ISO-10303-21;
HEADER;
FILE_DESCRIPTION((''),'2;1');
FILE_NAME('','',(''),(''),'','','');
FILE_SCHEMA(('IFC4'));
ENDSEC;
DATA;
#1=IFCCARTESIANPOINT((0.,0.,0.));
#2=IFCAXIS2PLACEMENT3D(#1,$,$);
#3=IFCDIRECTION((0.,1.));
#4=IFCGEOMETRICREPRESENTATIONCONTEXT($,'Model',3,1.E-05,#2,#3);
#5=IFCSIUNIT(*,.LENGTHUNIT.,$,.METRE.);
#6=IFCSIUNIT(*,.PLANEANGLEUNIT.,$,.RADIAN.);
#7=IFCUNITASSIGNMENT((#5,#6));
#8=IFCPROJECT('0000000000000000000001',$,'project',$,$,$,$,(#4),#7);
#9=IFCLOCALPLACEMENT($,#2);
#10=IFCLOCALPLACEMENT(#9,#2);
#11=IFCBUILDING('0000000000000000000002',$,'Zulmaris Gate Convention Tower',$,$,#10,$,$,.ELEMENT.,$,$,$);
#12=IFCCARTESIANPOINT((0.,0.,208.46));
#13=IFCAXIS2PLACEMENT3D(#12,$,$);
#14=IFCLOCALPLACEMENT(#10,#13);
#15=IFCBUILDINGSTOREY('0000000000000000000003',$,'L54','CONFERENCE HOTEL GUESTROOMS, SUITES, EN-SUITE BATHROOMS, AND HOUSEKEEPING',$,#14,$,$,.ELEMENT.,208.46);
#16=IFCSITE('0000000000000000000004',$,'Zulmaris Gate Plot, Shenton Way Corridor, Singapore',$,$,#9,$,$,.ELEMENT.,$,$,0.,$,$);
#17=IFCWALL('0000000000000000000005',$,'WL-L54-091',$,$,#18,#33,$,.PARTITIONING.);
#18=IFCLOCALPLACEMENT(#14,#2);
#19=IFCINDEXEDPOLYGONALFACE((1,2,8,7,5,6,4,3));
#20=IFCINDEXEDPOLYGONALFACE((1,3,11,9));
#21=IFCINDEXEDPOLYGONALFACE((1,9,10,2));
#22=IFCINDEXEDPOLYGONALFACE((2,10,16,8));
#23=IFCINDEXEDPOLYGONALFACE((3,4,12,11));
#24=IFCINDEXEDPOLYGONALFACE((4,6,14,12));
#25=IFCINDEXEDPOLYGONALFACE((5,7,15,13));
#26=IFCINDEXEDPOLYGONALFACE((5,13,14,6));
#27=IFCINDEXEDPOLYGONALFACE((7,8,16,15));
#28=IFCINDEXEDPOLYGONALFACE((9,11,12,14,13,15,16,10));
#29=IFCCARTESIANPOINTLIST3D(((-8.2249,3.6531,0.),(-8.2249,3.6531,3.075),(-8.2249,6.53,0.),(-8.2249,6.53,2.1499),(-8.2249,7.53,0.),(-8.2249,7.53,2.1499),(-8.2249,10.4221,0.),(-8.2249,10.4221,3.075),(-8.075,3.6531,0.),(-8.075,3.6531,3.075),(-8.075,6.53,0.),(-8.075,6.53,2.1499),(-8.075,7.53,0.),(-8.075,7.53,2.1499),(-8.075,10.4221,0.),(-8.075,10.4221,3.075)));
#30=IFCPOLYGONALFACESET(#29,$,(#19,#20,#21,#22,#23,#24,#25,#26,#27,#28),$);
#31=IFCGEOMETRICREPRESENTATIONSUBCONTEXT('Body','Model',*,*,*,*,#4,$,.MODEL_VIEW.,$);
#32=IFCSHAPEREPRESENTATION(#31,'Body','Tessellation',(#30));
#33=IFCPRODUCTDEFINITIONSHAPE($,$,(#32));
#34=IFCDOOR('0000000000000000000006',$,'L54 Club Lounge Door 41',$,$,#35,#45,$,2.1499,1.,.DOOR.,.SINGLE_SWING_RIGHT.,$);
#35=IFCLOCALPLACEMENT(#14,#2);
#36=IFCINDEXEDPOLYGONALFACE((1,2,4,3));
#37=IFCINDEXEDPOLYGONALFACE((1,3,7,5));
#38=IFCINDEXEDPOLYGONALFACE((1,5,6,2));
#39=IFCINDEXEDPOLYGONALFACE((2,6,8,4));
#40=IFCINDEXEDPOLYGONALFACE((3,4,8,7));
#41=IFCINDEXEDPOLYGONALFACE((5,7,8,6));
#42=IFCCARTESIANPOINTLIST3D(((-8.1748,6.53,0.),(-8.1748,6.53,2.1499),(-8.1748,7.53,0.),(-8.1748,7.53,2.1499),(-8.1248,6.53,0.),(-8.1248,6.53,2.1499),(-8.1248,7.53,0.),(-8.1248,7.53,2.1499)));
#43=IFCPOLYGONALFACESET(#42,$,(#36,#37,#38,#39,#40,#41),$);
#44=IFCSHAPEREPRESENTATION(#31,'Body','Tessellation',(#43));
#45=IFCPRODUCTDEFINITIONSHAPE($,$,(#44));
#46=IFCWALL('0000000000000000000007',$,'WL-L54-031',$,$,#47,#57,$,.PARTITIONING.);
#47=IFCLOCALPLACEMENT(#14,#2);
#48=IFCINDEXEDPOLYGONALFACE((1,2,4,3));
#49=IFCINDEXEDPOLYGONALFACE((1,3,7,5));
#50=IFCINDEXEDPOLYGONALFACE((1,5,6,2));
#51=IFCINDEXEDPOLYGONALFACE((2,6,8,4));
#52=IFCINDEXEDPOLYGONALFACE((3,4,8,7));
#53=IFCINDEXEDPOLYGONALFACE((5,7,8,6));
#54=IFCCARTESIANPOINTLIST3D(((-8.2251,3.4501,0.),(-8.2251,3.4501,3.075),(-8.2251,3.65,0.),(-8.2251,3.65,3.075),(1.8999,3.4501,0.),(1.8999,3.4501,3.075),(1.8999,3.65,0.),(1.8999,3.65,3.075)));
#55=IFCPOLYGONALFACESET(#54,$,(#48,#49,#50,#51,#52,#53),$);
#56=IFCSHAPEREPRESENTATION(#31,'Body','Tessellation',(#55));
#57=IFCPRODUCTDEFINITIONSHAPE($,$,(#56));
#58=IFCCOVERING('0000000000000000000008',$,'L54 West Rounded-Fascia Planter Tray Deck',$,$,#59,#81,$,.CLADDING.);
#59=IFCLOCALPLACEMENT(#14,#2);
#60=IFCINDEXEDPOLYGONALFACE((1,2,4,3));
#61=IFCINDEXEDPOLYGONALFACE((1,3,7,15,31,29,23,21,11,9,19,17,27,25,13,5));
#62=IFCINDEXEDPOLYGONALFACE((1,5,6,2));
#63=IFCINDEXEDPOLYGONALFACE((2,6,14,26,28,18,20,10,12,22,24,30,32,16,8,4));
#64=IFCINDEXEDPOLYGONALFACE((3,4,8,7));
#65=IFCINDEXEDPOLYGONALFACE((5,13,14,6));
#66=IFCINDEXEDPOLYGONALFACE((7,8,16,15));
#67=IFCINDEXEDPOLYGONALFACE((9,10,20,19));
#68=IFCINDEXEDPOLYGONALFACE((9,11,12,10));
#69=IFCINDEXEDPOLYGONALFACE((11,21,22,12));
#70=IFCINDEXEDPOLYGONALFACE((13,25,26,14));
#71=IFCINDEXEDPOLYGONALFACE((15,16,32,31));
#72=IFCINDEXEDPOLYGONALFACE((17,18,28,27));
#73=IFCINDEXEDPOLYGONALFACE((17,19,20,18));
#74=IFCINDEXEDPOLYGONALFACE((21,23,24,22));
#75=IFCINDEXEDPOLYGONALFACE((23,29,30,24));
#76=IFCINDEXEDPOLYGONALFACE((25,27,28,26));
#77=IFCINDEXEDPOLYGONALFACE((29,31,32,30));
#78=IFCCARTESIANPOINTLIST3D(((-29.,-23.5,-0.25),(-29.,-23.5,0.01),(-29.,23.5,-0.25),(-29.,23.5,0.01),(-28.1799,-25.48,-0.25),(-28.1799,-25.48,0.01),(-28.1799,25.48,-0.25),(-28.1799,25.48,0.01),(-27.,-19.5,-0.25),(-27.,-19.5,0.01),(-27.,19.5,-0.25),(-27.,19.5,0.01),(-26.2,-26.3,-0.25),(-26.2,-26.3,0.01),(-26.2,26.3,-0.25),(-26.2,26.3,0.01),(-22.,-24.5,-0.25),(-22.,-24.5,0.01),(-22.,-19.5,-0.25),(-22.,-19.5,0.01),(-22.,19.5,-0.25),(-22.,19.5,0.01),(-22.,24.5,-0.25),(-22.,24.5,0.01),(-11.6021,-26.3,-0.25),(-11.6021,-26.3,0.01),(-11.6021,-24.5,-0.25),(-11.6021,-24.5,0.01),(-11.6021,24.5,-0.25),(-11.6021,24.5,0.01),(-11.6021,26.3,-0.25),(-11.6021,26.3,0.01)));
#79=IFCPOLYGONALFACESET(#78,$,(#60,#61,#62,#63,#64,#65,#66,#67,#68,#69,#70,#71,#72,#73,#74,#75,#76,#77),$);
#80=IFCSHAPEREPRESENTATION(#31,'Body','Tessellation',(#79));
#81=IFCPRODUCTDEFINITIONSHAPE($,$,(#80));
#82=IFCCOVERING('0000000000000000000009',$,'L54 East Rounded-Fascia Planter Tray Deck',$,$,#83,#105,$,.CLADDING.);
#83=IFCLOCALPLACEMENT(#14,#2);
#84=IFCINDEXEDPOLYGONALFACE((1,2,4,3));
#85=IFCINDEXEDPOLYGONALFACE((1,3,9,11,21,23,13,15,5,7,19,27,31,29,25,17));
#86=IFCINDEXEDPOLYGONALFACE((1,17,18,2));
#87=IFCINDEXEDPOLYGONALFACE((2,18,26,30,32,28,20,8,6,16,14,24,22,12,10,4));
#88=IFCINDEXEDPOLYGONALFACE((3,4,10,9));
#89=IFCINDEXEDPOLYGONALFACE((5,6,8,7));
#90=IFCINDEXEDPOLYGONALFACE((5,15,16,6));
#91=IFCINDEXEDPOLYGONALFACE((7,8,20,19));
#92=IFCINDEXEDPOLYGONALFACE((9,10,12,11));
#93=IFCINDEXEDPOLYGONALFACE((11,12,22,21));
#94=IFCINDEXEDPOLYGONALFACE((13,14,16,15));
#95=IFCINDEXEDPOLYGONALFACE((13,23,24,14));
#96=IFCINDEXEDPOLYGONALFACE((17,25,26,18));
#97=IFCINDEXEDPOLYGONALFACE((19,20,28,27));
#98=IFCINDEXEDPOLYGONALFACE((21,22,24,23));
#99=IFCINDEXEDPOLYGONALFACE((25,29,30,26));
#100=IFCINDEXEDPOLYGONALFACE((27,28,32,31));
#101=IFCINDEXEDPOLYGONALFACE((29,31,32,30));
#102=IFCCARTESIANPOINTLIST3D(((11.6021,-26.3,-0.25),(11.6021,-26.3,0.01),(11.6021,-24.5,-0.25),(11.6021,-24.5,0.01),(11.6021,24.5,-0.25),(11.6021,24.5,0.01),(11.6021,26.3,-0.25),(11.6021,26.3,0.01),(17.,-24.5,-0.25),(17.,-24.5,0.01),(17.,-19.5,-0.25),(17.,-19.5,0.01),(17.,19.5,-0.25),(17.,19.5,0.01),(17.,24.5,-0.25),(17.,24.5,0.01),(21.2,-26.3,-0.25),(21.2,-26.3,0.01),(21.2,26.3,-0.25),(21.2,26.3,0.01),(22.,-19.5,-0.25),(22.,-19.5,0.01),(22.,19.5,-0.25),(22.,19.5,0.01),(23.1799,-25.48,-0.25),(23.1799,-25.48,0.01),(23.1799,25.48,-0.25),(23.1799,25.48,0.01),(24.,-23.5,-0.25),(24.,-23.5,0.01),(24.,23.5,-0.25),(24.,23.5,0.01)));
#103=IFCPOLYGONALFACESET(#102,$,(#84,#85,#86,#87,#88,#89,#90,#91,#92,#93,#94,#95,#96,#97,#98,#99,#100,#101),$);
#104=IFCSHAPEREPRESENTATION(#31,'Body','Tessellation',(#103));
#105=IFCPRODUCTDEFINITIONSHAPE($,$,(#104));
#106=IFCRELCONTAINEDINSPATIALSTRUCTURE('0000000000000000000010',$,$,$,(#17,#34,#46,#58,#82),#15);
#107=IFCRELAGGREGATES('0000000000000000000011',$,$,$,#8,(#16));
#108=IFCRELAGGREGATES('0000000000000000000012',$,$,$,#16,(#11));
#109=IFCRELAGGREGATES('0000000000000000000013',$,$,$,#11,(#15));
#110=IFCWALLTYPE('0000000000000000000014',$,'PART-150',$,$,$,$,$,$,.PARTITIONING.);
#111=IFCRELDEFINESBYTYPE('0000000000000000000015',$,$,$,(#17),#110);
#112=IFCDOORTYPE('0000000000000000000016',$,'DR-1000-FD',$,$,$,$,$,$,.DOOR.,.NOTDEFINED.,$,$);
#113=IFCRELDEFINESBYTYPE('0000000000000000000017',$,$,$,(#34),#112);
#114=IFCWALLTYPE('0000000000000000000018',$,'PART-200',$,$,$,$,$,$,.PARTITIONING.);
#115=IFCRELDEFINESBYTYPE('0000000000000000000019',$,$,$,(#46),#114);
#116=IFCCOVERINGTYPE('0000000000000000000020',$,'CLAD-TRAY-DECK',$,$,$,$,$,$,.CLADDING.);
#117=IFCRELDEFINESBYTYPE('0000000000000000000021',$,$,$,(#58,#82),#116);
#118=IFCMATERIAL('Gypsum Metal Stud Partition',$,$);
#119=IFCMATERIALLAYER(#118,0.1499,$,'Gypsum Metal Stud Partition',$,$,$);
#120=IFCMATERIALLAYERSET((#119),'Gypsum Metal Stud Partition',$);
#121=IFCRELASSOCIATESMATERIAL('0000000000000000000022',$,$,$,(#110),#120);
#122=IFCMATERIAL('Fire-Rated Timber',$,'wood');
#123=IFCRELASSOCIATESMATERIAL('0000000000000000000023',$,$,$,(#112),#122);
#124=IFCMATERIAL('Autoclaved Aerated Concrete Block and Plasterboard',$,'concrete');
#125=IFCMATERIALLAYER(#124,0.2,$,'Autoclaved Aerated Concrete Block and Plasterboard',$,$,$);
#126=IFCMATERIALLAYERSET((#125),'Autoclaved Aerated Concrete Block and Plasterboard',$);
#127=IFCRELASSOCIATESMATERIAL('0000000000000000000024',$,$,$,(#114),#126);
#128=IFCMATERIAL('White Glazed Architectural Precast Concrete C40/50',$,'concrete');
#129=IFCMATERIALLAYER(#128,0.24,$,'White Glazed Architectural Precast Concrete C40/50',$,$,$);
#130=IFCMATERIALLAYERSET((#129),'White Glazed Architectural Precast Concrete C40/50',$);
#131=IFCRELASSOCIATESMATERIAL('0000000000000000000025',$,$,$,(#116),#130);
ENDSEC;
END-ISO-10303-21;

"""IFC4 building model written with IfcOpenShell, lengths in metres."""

from ifc_helpers import new_model, si_unit, direction, frame, frame_2d, origin, place, context, subcontext, project, spatial, polyline, rectangle, outline, extrude, material, layer, layer_set, type_object, element, fill, save


model = new_model("IFC4")

# Units and contexts
model_context = context("Model", 3, precision=1e-05, world=origin(), true_north=direction((0.0, 1.0)))
body_context = subcontext(model_context, "Body", "Model", "MODEL_VIEW")
ifc_project = project(units=[si_unit("LENGTHUNIT", "METRE"), si_unit("PLANEANGLEUNIT", "RADIAN")], contexts=[model_context])

# Site, building, storey
site_placement = place(None, origin())
site = spatial("IfcSite", under=ifc_project, at=site_placement, Name="Zulmaris Gate Plot, Shenton Way Corridor, Singapore", CompositionType="ELEMENT", RefElevation=0.0)
building_placement = place(site_placement, origin())
building = spatial("IfcBuilding", under=site, at=building_placement, Name="Zulmaris Gate Convention Tower", CompositionType="ELEMENT")
storey_placement = place(building_placement, frame((0.0, 0.0, 208.46)))
storey = spatial("IfcBuildingStorey", under=building, at=storey_placement, Name="L54", Description="CONFERENCE HOTEL GUESTROOMS, SUITES, EN-SUITE BATHROOMS, AND HOUSEKEEPING", CompositionType="ELEMENT", Elevation=208.46)

# Shared definitions
ifc_material_1 = material(Name="Fire-Rated Timber", Category="wood")

# Shared definitions
ifc_material_2 = material(Name="Gypsum Metal Stud Partition")
ifc_layer_1 = layer(ifc_material_2, 0.1499, Name="Gypsum Metal Stud Partition")
ifc_layer_set_1 = layer_set([ifc_layer_1], Name="Gypsum Metal Stud Partition")
wall_type_1 = type_object("IfcWallType", Name="PART-150", PredefinedType="PARTITIONING", material=ifc_layer_set_1)

# Wall, opening, door
wall_1_placement = place(storey_placement, frame((-8.1499, 3.6531, 0.0), z_axis=(0.0, 0.0, 1.0), x_axis=(0.0, 1.0, 0.0)))
wall_1 = element("IfcWall", 1, at=wall_1_placement, inside=storey, type_object=wall_type_1, Name="WL-L54-091", PredefinedType="PARTITIONING", context=body_context, shape_type="SweptSolid", body=[
    extrude(rectangle(XDim=6.769, YDim=0.1499, at=frame_2d((3.3845, 0.0))), origin(), (0.0, 0.0, 1.0), 3.075),
])
opening_1_placement = place(wall_1_placement, frame((2.877, 0.0, 0.0)))
opening_1 = element("IfcOpeningElement", 2, at=opening_1_placement, cuts=wall_1, PredefinedType="OPENING", context=body_context, shape_type="SweptSolid", body=[
    extrude(rectangle(XDim=1.0, YDim=2.1499, at=frame_2d((0.5, 1.075))), frame((0.0, 0.085, 0.0), z_axis=(0.0, -1.0, 0.0), x_axis=(1.0, 0.0, 0.0)), (0.0, 0.0, 1.0), 0.1699),
])
door_type_1 = type_object("IfcDoorType", Name="DR-1000-FD", OperationType="NOTDEFINED", PredefinedType="DOOR", material=ifc_material_1)
door_1_placement = place(opening_1_placement, origin())
door_1 = element("IfcDoor", 3, at=door_1_placement, inside=storey, type_object=door_type_1, Name="L54 Club Lounge Door 41", OperationType="SINGLE_SWING_RIGHT", OverallHeight=2.1499, OverallWidth=1.0, PredefinedType="DOOR", context=body_context, shape_type="SweptSolid", body=[
    extrude(rectangle(XDim=1.0, YDim=2.1499, at=frame_2d((0.5, 1.075))), frame((0.0, 0.0249, 0.0), z_axis=(0.0, -1.0, 0.0), x_axis=(1.0, 0.0, 0.0)), (0.0, 0.0, 1.0), 0.05),
])
fill(opening_1, door_1)

# Wall
ifc_material_3 = material(Name="Autoclaved Aerated Concrete Block and Plasterboard", Category="concrete")
ifc_layer_2 = layer(ifc_material_3, 0.2, Name="Autoclaved Aerated Concrete Block and Plasterboard")
ifc_layer_set_2 = layer_set([ifc_layer_2], Name="Autoclaved Aerated Concrete Block and Plasterboard")
wall_type_2 = type_object("IfcWallType", Name="PART-200", PredefinedType="PARTITIONING", material=ifc_layer_set_2)
wall_2_placement = place(storey_placement, frame((-8.2251, 3.55, 0.0), z_axis=(0.0, 0.0, 1.0), x_axis=(1.0, 0.0, 0.0)))
element("IfcWall", 4, at=wall_2_placement, inside=storey, type_object=wall_type_2, Name="WL-L54-031", PredefinedType="PARTITIONING", context=body_context, shape_type="SweptSolid", body=[
    extrude(rectangle(XDim=10.125, YDim=0.2, at=frame_2d((5.0625, 0.0))), origin(), (0.0, 0.0, 1.0), 3.075),
])

# Coverings
ifc_material_4 = material(Name="White Glazed Architectural Precast Concrete C40/50", Category="concrete")
ifc_layer_3 = layer(ifc_material_4, 0.24, Name="White Glazed Architectural Precast Concrete C40/50")
ifc_layer_set_3 = layer_set([ifc_layer_3], Name="White Glazed Architectural Precast Concrete C40/50")
covering_type = type_object("IfcCoveringType", Name="CLAD-TRAY-DECK", PredefinedType="CLADDING", material=ifc_layer_set_3)
covering_1_placement = place(storey_placement, frame((0.0, 0.0, -0.25)))
element("IfcCovering", 5, at=covering_1_placement, inside=storey, type_object=covering_type, Name="L54 West Rounded-Fascia Planter Tray Deck", PredefinedType="CLADDING", context=body_context, shape_type="SweptSolid", body=[
    extrude(outline(polyline([(-29.0, 23.5), (-28.1799, 25.48), (-26.2, 26.3), (-11.6021, 26.3), (-11.6021, 24.5), (-22.0, 24.5), (-22.0, 19.5), (-27.0, 19.5), (-27.0, -19.5), (-22.0, -19.5), (-22.0, -24.5), (-11.6021, -24.5), (-11.6021, -26.3), (-26.2, -26.3), (-28.1799, -25.48), (-29.0, -23.5), (-29.0, 23.5)])), origin(), (0.0, 0.0, 1.0), 0.26),
])
covering_2_placement = place(storey_placement, frame((0.0, 0.0, -0.25)))
element("IfcCovering", 6, at=covering_2_placement, inside=storey, type_object=covering_type, Name="L54 East Rounded-Fascia Planter Tray Deck", PredefinedType="CLADDING", context=body_context, shape_type="SweptSolid", body=[
    extrude(outline(polyline([(21.2, 26.3), (23.1799, 25.48), (24.0, 23.5), (24.0, -23.5), (23.1799, -25.48), (21.2, -26.3), (11.6021, -26.3), (11.6021, -24.5), (17.0, -24.5), (17.0, -19.5), (22.0, -19.5), (22.0, 19.5), (17.0, 19.5), (17.0, 24.5), (11.6021, 24.5), (11.6021, 26.3), (21.2, 26.3)])), origin(), (0.0, 0.0, 1.0), 0.26),
])

save(model, "model.ifc")
